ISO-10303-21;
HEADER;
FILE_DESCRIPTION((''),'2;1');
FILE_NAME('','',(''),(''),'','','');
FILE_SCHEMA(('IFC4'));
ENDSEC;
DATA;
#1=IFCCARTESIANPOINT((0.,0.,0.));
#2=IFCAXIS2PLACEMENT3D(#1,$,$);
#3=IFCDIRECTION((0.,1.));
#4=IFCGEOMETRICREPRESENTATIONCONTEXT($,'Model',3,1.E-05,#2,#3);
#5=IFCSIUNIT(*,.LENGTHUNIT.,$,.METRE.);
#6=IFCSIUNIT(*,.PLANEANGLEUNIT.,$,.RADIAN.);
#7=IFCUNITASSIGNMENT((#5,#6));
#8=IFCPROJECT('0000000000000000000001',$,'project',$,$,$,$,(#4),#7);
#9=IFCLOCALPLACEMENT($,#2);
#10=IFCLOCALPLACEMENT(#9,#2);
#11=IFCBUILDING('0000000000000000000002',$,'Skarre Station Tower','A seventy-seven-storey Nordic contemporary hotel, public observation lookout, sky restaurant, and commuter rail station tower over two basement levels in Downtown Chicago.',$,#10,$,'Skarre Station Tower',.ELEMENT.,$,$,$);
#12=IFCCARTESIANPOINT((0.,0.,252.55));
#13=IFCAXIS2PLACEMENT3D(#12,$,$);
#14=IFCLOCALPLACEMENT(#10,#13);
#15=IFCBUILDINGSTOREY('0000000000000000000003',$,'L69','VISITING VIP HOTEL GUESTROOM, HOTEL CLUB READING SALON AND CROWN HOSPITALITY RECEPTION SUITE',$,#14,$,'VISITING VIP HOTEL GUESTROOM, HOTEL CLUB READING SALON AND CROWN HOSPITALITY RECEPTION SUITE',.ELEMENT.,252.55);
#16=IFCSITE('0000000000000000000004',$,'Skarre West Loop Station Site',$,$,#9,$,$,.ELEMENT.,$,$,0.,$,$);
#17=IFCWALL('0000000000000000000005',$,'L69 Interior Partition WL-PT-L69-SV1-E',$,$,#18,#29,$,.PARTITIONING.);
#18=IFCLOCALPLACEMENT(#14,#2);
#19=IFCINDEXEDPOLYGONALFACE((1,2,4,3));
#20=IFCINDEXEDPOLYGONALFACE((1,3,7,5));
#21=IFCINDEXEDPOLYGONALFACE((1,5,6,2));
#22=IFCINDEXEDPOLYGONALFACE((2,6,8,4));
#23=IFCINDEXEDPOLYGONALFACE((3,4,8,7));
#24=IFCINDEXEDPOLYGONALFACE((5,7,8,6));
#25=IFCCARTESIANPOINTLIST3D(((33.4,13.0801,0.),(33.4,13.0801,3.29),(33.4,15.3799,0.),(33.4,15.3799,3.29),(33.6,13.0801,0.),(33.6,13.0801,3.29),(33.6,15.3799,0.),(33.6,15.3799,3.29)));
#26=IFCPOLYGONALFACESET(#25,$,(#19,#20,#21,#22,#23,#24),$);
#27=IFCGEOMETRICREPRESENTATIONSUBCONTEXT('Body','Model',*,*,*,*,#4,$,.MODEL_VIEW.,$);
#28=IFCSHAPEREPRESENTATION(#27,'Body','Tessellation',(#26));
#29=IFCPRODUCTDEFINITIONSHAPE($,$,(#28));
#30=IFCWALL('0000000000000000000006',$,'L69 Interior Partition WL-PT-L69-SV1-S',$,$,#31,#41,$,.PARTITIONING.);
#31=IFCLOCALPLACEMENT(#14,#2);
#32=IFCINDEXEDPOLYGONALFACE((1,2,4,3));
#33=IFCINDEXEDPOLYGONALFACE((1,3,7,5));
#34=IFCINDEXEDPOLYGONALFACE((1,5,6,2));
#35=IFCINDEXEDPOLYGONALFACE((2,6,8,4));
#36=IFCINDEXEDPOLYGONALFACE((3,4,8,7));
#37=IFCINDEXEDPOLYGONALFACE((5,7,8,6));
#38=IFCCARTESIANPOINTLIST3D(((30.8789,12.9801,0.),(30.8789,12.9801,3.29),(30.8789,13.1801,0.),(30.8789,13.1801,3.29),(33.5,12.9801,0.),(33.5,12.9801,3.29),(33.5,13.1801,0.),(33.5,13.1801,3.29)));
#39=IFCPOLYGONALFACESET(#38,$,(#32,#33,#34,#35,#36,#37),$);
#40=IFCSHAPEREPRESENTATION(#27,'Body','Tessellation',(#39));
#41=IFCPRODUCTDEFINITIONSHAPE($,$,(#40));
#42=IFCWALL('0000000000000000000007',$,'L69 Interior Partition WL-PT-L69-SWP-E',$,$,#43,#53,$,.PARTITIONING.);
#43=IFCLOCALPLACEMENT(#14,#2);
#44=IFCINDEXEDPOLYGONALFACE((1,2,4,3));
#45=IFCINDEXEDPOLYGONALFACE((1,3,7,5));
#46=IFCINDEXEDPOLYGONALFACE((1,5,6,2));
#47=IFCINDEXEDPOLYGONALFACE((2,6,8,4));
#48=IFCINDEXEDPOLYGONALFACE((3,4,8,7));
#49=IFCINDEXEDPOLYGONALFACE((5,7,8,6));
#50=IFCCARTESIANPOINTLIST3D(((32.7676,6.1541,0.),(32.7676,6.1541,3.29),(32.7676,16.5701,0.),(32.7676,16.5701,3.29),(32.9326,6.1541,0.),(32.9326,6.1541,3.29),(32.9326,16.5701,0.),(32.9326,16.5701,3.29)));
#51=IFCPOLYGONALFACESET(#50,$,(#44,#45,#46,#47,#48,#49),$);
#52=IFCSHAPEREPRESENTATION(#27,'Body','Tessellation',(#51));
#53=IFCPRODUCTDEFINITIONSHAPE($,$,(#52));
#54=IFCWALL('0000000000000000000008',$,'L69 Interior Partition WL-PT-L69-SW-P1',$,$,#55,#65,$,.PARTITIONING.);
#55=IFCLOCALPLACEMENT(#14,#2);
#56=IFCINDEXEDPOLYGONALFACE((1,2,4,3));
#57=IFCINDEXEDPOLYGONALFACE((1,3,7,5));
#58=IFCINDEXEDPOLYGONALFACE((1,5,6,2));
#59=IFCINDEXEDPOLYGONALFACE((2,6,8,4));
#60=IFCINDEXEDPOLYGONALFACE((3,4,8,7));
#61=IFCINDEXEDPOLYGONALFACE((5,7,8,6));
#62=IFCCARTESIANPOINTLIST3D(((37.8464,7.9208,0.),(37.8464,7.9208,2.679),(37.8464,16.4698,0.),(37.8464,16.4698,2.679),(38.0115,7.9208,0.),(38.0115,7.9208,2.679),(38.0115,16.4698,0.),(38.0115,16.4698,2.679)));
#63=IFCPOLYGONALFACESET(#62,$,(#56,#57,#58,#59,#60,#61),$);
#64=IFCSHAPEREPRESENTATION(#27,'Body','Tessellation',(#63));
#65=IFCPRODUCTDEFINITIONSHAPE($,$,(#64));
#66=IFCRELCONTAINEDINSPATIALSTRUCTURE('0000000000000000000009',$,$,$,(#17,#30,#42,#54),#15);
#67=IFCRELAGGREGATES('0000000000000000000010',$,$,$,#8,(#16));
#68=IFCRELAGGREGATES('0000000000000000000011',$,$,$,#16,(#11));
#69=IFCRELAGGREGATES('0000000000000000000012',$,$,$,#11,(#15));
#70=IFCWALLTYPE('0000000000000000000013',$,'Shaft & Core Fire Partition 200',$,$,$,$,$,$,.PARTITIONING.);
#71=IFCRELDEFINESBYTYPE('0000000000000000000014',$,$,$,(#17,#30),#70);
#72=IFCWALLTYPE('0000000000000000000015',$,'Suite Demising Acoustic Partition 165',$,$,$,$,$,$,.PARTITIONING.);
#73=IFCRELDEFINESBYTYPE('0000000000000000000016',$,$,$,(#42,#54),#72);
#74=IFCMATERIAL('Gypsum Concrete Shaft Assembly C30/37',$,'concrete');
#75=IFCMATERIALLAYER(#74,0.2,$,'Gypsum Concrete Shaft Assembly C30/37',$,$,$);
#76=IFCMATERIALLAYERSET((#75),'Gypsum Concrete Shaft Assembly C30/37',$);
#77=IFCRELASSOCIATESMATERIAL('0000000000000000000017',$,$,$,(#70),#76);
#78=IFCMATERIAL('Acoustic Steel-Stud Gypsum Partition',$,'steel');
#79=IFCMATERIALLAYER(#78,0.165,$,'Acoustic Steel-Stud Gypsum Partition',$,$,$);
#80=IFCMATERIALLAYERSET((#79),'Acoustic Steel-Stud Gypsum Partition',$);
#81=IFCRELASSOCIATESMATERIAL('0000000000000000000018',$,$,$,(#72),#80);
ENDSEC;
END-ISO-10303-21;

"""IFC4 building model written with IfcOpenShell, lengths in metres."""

from ifc_helpers import new_model, si_unit, direction, frame, frame_2d, origin, place, context, subcontext, project, spatial, rectangle, extrude, material, layer, layer_set, type_object, element, save


model = new_model("IFC4")

# Units and contexts
model_context = context("Model", 3, precision=1e-05, world=origin(), true_north=direction((0.0, 1.0)))
body_context = subcontext(model_context, "Body", "Model", "MODEL_VIEW")
ifc_project = project(units=[si_unit("LENGTHUNIT", "METRE"), si_unit("PLANEANGLEUNIT", "RADIAN")], contexts=[model_context])

# Site, building, storey
site_placement = place(None, origin())
site = spatial("IfcSite", under=ifc_project, at=site_placement, Name="Skarre West Loop Station Site", CompositionType="ELEMENT", RefElevation=0.0)
building_placement = place(site_placement, origin())
building = spatial("IfcBuilding", under=site, at=building_placement, Name="Skarre Station Tower", Description="A seventy-seven-storey Nordic contemporary hotel, public observation lookout, sky restaurant, and commuter rail station tower over two basement levels in Downtown Chicago.", LongName="Skarre Station Tower", CompositionType="ELEMENT")
storey_placement = place(building_placement, frame((0.0, 0.0, 252.55)))
storey = spatial("IfcBuildingStorey", under=building, at=storey_placement, Name="L69", Description="VISITING VIP HOTEL GUESTROOM, HOTEL CLUB READING SALON AND CROWN HOSPITALITY RECEPTION SUITE", LongName="VISITING VIP HOTEL GUESTROOM, HOTEL CLUB READING SALON AND CROWN HOSPITALITY RECEPTION SUITE", CompositionType="ELEMENT", Elevation=252.55)

# Shared definitions
ifc_material_1 = material(Name="Acoustic Steel-Stud Gypsum Partition", Category="steel")

# Shared definitions
ifc_material_2 = material(Name="Gypsum Concrete Shaft Assembly C30/37", Category="concrete")
ifc_layer_1 = layer(ifc_material_2, 0.2, Name="Gypsum Concrete Shaft Assembly C30/37")
ifc_layer_set_1 = layer_set([ifc_layer_1], Name="Gypsum Concrete Shaft Assembly C30/37")
wall_type_1 = type_object("IfcWallType", Name="Shaft & Core Fire Partition 200", PredefinedType="PARTITIONING", material=ifc_layer_set_1)

# Walls
wall_1_placement = place(storey_placement, frame((33.5, 13.0801, 0.0), z_axis=(0.0, 0.0, 1.0), x_axis=(0.0, 1.0, 0.0)))
element("IfcWall", 1, at=wall_1_placement, inside=storey, type_object=wall_type_1, Name="L69 Interior Partition WL-PT-L69-SV1-E", PredefinedType="PARTITIONING", context=body_context, shape_type="SweptSolid", body=[
    extrude(rectangle(XDim=2.2998, YDim=0.2, at=frame_2d((1.1499, 0.0))), origin(), (0.0, 0.0, 1.0), 3.29),
])
wall_2_placement = place(storey_placement, frame((30.8789, 13.0801, 0.0), z_axis=(0.0, 0.0, 1.0), x_axis=(1.0, 0.0, 0.0)))
element("IfcWall", 2, at=wall_2_placement, inside=storey, type_object=wall_type_1, Name="L69 Interior Partition WL-PT-L69-SV1-S", PredefinedType="PARTITIONING", context=body_context, shape_type="SweptSolid", body=[
    extrude(rectangle(XDim=2.6211, YDim=0.2, at=frame_2d((1.3105, 0.0))), origin(), (0.0, 0.0, 1.0), 3.29),
])
ifc_layer_2 = layer(ifc_material_1, 0.165, Name="Acoustic Steel-Stud Gypsum Partition")
ifc_layer_set_2 = layer_set([ifc_layer_2], Name="Acoustic Steel-Stud Gypsum Partition")
wall_type_2 = type_object("IfcWallType", Name="Suite Demising Acoustic Partition 165", PredefinedType="PARTITIONING", material=ifc_layer_set_2)
wall_3_placement = place(storey_placement, frame((32.8501, 6.1541, 0.0), z_axis=(0.0, 0.0, 1.0), x_axis=(0.0, 1.0, 0.0)))
element("IfcWall", 3, at=wall_3_placement, inside=storey, type_object=wall_type_2, Name="L69 Interior Partition WL-PT-L69-SWP-E", PredefinedType="PARTITIONING", context=body_context, shape_type="SweptSolid", body=[
    extrude(rectangle(XDim=10.416, YDim=0.165, at=frame_2d((5.208, 0.0))), origin(), (0.0, 0.0, 1.0), 3.29),
])
wall_4_placement = place(storey_placement, frame((37.929, 7.9209, 0.0), z_axis=(0.0, 0.0, 1.0), x_axis=(0.0, 1.0, 0.0)))
element("IfcWall", 4, at=wall_4_placement, inside=storey, type_object=wall_type_2, Name="L69 Interior Partition WL-PT-L69-SW-P1", PredefinedType="PARTITIONING", context=body_context, shape_type="SweptSolid", body=[
    extrude(rectangle(XDim=8.5491, YDim=0.165, at=frame_2d((4.2744, 0.0))), origin(), (0.0, 0.0, 1.0), 2.679),
])

save(model, "model.ifc")
